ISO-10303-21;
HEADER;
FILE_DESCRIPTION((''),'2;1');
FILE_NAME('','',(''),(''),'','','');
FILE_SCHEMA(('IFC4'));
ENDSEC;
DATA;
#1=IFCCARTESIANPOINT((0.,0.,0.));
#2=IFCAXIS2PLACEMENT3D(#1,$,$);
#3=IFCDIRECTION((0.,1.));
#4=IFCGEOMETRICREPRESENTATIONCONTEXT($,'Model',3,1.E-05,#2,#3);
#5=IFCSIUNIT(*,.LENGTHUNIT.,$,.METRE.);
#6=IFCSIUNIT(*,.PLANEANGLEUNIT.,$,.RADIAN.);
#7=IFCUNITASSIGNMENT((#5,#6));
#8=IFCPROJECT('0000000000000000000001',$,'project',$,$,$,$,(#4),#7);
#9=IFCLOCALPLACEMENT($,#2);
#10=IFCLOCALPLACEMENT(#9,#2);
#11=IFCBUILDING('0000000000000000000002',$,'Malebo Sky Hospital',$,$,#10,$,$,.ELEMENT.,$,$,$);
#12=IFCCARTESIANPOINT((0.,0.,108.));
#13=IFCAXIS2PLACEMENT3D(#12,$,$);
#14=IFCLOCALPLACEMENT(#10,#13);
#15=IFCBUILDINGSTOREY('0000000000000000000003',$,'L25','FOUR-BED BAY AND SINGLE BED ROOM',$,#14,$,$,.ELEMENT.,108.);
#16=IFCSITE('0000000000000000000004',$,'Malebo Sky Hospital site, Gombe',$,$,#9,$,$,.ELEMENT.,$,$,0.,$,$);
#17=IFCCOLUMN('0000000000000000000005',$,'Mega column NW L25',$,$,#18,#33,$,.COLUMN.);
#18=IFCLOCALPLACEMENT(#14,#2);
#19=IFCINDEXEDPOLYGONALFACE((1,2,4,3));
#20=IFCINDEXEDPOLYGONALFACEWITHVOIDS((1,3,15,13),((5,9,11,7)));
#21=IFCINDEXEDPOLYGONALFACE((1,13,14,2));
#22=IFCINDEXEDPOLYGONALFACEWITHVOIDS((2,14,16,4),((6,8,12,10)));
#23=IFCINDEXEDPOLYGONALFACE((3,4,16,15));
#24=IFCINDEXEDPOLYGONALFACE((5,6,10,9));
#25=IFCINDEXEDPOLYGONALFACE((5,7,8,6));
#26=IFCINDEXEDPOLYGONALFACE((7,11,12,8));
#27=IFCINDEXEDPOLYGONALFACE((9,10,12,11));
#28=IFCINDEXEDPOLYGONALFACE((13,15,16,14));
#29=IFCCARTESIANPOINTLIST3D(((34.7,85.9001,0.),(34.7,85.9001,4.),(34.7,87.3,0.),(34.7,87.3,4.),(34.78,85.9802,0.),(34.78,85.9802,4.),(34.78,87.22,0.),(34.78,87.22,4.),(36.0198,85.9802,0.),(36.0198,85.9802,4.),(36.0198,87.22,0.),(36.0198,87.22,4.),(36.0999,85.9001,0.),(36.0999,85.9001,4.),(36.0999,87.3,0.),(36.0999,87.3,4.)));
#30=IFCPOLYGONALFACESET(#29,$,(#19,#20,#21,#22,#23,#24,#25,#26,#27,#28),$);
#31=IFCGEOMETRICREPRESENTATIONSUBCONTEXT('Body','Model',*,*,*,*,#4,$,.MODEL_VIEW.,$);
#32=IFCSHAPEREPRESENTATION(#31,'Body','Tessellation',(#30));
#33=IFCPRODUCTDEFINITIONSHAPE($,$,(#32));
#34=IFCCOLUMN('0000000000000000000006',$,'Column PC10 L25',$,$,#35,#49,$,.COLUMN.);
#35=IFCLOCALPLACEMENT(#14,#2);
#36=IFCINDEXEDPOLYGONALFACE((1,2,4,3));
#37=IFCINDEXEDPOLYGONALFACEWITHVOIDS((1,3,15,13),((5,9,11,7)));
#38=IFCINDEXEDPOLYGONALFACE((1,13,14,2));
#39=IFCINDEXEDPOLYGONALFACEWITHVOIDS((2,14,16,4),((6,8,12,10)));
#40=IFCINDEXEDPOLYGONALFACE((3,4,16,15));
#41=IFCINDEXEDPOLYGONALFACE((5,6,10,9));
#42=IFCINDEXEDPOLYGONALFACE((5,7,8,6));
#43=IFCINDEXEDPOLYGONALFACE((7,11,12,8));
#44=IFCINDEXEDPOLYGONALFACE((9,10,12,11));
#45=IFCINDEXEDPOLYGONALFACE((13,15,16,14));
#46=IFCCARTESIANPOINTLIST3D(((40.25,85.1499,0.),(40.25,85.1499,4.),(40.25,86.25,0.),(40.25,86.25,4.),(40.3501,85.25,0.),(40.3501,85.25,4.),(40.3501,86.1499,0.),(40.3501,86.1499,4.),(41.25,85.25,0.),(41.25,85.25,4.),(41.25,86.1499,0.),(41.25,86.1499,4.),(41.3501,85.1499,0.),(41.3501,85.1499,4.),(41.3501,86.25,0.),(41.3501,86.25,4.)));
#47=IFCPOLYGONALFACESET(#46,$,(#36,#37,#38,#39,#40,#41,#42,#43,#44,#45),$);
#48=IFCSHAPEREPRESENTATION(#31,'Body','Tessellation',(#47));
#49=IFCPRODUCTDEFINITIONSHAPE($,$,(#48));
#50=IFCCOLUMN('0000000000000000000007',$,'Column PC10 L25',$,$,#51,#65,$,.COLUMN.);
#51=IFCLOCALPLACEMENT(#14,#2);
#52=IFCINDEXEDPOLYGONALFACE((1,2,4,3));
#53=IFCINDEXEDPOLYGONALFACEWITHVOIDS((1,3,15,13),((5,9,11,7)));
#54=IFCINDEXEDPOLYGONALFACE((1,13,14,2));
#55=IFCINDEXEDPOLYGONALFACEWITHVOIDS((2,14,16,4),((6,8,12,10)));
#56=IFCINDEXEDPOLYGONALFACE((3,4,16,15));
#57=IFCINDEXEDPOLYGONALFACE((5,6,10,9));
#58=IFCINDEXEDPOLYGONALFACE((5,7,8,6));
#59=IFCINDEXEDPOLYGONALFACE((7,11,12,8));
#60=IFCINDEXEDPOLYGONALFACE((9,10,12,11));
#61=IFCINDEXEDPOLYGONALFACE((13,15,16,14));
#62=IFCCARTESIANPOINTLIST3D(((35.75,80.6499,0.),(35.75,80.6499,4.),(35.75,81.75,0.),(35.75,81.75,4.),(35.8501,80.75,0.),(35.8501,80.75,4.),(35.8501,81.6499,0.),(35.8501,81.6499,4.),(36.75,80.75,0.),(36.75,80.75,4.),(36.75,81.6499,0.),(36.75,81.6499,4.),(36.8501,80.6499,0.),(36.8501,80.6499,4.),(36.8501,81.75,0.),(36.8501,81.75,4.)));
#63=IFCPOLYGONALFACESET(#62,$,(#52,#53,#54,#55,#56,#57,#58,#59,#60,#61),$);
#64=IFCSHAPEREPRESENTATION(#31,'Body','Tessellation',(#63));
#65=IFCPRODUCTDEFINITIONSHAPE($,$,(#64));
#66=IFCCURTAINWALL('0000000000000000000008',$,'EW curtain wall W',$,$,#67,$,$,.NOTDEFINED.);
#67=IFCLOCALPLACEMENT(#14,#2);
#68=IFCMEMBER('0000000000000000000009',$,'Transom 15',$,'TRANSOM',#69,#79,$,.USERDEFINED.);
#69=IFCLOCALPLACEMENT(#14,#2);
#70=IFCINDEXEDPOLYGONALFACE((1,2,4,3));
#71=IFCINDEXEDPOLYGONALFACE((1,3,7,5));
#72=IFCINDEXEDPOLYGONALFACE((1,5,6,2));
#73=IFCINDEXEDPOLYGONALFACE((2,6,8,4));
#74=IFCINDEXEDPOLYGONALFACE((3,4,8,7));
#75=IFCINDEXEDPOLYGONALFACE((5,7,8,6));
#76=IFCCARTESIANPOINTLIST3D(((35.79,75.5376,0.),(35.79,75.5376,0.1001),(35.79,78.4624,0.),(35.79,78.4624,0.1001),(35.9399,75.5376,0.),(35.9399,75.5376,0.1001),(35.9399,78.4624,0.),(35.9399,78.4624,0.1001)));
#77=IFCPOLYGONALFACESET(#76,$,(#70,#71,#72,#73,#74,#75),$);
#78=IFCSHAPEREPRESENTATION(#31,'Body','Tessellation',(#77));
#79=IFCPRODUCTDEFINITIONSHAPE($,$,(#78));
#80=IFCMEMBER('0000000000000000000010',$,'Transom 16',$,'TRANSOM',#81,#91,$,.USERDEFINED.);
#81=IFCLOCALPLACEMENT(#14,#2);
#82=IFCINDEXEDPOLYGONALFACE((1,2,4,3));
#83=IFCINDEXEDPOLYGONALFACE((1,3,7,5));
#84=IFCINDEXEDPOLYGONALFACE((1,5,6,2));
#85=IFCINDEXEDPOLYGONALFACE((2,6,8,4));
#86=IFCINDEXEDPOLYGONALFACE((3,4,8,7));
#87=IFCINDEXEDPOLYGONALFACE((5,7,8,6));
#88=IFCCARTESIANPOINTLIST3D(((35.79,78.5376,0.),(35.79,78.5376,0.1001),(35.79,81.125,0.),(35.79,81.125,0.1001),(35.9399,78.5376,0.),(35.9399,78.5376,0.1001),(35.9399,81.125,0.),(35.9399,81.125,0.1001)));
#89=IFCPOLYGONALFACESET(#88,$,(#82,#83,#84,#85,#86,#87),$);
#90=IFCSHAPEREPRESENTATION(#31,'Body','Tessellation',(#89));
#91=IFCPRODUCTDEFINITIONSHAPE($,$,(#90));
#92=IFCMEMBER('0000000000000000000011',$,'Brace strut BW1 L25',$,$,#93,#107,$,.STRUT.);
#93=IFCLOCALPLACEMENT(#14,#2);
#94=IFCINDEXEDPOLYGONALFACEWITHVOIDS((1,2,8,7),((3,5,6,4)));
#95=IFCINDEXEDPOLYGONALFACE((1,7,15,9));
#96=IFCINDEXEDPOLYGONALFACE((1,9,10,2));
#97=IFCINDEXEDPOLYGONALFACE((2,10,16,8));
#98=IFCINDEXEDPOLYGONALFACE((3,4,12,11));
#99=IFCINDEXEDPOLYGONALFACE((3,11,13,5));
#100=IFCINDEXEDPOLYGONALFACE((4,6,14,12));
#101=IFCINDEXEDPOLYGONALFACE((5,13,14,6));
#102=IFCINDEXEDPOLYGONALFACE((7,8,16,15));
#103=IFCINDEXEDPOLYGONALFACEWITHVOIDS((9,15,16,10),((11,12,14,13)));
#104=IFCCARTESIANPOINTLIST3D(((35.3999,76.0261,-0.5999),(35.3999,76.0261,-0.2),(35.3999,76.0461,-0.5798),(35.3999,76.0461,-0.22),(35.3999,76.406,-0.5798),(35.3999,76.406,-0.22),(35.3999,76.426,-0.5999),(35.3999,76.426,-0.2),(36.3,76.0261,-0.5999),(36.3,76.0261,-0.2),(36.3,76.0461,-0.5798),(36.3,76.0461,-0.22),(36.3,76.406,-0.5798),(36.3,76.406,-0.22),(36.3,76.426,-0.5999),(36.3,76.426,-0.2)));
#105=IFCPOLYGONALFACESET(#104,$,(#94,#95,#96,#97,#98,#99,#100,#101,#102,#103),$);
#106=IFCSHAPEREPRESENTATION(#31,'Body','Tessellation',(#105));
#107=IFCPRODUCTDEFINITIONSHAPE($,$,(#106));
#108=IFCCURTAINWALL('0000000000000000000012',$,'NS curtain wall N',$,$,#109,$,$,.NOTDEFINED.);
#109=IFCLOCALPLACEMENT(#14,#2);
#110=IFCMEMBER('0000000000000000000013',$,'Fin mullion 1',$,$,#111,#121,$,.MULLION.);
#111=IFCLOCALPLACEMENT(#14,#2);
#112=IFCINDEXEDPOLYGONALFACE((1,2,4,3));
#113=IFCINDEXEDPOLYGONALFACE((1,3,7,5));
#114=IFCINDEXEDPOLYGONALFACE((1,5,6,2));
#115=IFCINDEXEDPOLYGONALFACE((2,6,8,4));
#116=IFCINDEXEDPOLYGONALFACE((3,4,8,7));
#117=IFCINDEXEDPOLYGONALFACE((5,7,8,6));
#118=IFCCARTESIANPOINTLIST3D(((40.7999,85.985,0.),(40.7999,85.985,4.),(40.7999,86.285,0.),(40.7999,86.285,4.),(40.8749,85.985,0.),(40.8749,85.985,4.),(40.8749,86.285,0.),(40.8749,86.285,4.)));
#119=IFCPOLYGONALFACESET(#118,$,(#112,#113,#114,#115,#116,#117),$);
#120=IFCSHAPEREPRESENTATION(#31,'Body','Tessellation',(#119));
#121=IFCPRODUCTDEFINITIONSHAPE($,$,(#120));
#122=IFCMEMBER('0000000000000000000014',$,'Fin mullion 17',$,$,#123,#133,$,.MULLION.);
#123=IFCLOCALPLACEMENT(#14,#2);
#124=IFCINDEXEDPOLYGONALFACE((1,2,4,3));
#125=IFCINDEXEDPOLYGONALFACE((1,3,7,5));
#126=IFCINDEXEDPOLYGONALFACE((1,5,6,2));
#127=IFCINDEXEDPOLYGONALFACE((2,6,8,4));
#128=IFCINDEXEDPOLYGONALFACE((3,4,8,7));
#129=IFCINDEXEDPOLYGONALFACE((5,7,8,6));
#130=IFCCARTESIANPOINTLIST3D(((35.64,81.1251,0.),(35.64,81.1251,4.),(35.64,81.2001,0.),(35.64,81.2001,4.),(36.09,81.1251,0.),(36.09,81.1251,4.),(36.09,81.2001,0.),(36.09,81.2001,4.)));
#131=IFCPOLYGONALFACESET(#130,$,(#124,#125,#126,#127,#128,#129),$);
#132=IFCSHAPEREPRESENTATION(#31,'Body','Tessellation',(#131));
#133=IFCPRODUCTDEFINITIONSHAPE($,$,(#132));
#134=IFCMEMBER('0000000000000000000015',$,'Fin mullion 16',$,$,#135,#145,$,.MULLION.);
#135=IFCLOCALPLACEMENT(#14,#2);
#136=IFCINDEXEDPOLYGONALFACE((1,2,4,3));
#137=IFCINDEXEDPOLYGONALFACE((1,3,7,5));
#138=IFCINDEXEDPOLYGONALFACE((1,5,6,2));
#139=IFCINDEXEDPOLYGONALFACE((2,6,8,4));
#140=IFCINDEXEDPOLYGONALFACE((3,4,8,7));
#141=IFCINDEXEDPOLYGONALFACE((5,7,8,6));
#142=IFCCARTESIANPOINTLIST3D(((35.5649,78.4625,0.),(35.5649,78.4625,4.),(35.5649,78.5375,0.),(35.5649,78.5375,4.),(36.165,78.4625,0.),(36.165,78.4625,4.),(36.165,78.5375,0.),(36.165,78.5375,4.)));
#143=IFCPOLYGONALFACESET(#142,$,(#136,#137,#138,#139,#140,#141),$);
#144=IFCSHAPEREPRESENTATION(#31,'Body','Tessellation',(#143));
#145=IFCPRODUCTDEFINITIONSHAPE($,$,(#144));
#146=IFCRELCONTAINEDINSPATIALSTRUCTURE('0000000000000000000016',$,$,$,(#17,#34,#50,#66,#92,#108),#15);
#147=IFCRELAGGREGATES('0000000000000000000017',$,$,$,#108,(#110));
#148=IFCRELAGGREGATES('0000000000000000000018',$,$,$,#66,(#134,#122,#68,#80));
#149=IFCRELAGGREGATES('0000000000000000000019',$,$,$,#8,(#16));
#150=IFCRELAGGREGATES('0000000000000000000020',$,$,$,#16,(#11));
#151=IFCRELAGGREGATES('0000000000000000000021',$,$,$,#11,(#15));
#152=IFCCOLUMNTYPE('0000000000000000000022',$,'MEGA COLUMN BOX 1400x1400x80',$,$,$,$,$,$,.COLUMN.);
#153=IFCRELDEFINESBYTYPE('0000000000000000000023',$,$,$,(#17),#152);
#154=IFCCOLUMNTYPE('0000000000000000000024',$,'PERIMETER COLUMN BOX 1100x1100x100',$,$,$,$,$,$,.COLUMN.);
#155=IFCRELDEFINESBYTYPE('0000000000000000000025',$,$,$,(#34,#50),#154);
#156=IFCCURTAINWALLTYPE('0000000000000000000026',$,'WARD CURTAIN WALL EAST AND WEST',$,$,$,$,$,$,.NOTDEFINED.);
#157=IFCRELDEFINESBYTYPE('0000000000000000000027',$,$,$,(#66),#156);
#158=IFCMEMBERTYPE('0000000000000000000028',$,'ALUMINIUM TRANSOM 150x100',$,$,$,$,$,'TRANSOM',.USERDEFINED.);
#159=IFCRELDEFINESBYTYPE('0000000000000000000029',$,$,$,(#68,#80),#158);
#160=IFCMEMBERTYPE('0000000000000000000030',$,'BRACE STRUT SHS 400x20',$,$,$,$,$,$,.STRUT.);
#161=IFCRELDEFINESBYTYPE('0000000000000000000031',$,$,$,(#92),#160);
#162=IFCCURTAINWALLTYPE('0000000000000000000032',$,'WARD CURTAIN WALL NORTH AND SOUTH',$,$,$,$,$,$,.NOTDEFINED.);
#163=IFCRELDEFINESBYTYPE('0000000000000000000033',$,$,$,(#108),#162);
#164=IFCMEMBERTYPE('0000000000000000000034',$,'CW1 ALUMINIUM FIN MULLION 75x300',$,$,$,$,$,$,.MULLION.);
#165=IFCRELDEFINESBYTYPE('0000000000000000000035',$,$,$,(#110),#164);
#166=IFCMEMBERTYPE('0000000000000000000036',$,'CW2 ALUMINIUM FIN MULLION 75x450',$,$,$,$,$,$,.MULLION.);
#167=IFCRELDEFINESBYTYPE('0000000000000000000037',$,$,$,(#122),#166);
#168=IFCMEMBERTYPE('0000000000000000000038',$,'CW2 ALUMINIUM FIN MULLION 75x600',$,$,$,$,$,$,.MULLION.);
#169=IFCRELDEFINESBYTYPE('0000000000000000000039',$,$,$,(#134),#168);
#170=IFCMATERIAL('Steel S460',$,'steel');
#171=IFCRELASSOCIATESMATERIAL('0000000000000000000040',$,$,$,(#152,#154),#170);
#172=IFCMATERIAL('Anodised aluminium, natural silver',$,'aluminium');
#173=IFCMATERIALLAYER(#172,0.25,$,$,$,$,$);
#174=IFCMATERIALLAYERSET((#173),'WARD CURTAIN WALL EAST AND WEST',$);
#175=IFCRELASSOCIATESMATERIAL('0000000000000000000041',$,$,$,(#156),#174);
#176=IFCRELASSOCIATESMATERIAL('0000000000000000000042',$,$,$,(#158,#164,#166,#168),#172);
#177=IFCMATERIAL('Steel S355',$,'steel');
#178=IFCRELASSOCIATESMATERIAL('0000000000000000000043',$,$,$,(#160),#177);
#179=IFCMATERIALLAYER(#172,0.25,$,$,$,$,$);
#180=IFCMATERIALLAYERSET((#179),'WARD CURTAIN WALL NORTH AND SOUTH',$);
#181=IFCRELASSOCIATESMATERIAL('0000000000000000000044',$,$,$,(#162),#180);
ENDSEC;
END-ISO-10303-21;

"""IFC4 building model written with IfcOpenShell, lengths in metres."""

from ifc_helpers import new_model, si_unit, direction, frame, origin, origin_2d, place, context, subcontext, project, spatial, rectangle, hollow_rectangle, extrude, material, layer, layer_set, material_profile, profile_set, type_object, element, aggregate, save


model = new_model("IFC4")

# Units and contexts
model_context = context("Model", 3, precision=1e-05, world=origin(), true_north=direction((0.0, 1.0)))
body_context = subcontext(model_context, "Body", "Model", "MODEL_VIEW")
ifc_project = project(units=[si_unit("LENGTHUNIT", "METRE"), si_unit("PLANEANGLEUNIT", "RADIAN")], contexts=[model_context])

# Site, building, storey
site_placement = place(None, origin())
site = spatial("IfcSite", under=ifc_project, at=site_placement, Name="Malebo Sky Hospital site, Gombe", CompositionType="ELEMENT", RefElevation=0.0)
building_placement = place(site_placement, origin())
building = spatial("IfcBuilding", under=site, at=building_placement, Name="Malebo Sky Hospital", CompositionType="ELEMENT")
storey_placement = place(building_placement, frame((0.0, 0.0, 108.0)))
storey = spatial("IfcBuildingStorey", under=building, at=storey_placement, Name="L25", Description="FOUR-BED BAY AND SINGLE BED ROOM", CompositionType="ELEMENT", Elevation=108.0)

# Columns
ifc_material_1 = material(Name="Steel S460", Category="steel")
ifc_material_profile_1 = material_profile(ifc_material_1, hollow_rectangle(XDim=1.3999, YDim=1.3999, WallThickness=0.0801, at=origin_2d()), Name="BOX 1400x1400x80")
ifc_profile_set_1 = profile_set([ifc_material_profile_1], Name="Steel S460")
column_type_1 = type_object("IfcColumnType", Name="MEGA COLUMN BOX 1400x1400x80", PredefinedType="COLUMN", material=ifc_profile_set_1)
column_placement = place(storey_placement, frame((35.3999, 86.6001, 0.0), z_axis=(0.0, 0.0, 1.0), x_axis=(1.0, 0.0, 0.0)))
element("IfcColumn", 1, at=column_placement, inside=storey, type_object=column_type_1, Name="Mega column NW L25", PredefinedType="COLUMN", context=body_context, shape_type="SweptSolid", body=[
    extrude(hollow_rectangle(XDim=1.3999, YDim=1.3999, WallThickness=0.0801, at=origin_2d()), origin(), (0.0, 0.0, 1.0), 4.0),
])
ifc_material_profile_2 = material_profile(ifc_material_1, hollow_rectangle(XDim=1.1001, YDim=1.1001, WallThickness=0.1001, at=origin_2d()), Name="BOX 1100x1100x100")
ifc_profile_set_2 = profile_set([ifc_material_profile_2], Name="Steel S460")
column_type_2 = type_object("IfcColumnType", Name="PERIMETER COLUMN BOX 1100x1100x100", PredefinedType="COLUMN", material=ifc_profile_set_2)
for number, where, z_axis, x_axis, name in (
    (2, (40.8, 85.7, 0.0), (0.0, 0.0, 1.0), (1.0, 0.0, 0.0), "Column PC10 L25"),
    (3, (36.3, 81.2, 0.0), (0.0, 0.0, 1.0), (1.0, 0.0, 0.0), "Column PC10 L25"),
):
    element("IfcColumn", number, at=place(storey_placement, frame(where, z_axis=z_axis, x_axis=x_axis)), inside=storey, type_object=column_type_2, Name=name, PredefinedType="COLUMN", context=body_context, shape_type="SweptSolid", body=[
        extrude(hollow_rectangle(XDim=1.1001, YDim=1.1001, WallThickness=0.1001, at=origin_2d()), origin(), (0.0, 0.0, 1.0), 4.0),
    ])

# Curtain wall, members
ifc_material_2 = material(Name="Anodised aluminium, natural silver", Category="aluminium")
ifc_layer_1 = layer(ifc_material_2, 0.25)
ifc_layer_set_1 = layer_set([ifc_layer_1], Name="WARD CURTAIN WALL EAST AND WEST")
curtain_wall_type_1 = type_object("IfcCurtainWallType", Name="WARD CURTAIN WALL EAST AND WEST", PredefinedType="NOTDEFINED", material=ifc_layer_set_1)
curtain_wall_1_placement = place(storey_placement, origin())
curtain_wall_1 = element("IfcCurtainWall", 4, at=curtain_wall_1_placement, inside=storey, type_object=curtain_wall_type_1, Name="EW curtain wall W", PredefinedType="NOTDEFINED")
ifc_material_profile_3 = material_profile(ifc_material_2, rectangle(XDim=0.1499, YDim=0.1001, at=origin_2d()), Name="ALUMINIUM TRANSOM 150x100")
ifc_profile_set_3 = profile_set([ifc_material_profile_3], Name="Anodised aluminium, natural silver")
member_type_1 = type_object("IfcMemberType", Name="ALUMINIUM TRANSOM 150x100", ElementType="TRANSOM", PredefinedType="USERDEFINED", material=ifc_profile_set_3)
member_1_placement = place(storey_placement, frame((35.865, 75.5376, 0.05), z_axis=(0.0, 1.0, 0.0), x_axis=(-1.0, 0.0, 0.0)))
member_1 = element("IfcMember", 5, at=member_1_placement, type_object=member_type_1, Name="Transom 15", ObjectType="TRANSOM", PredefinedType="USERDEFINED", context=body_context, shape_type="SweptSolid", body=[
    extrude(rectangle(XDim=0.1499, YDim=0.1001, at=origin_2d()), origin(), (0.0, 0.0, 1.0), 2.9248),
])
member_2_placement = place(storey_placement, frame((35.865, 78.5376, 0.05), z_axis=(0.0, 1.0, 0.0), x_axis=(-1.0, 0.0, 0.0)))
member_2 = element("IfcMember", 6, at=member_2_placement, type_object=member_type_1, Name="Transom 16", ObjectType="TRANSOM", PredefinedType="USERDEFINED", context=body_context, shape_type="SweptSolid", body=[
    extrude(rectangle(XDim=0.1499, YDim=0.1001, at=origin_2d()), origin(), (0.0, 0.0, 1.0), 2.5874),
])

# Member
ifc_material_3 = material(Name="Steel S355", Category="steel")
ifc_material_profile_4 = material_profile(ifc_material_3, hollow_rectangle(XDim=0.3999, YDim=0.3999, WallThickness=0.02, at=origin_2d()), Name="SHS 400x20")
ifc_profile_set_4 = profile_set([ifc_material_profile_4], Name="Steel S355")
member_type_2 = type_object("IfcMemberType", Name="BRACE STRUT SHS 400x20", PredefinedType="STRUT", material=ifc_profile_set_4)
member_3_placement = place(storey_placement, frame((35.3999, 76.2261, -0.3999), z_axis=(1.0, 0.0, 0.0), x_axis=(0.0, 1.0, 0.0)))
element("IfcMember", 7, at=member_3_placement, inside=storey, type_object=member_type_2, Name="Brace strut BW1 L25", PredefinedType="STRUT", context=body_context, shape_type="SweptSolid", body=[
    extrude(hollow_rectangle(XDim=0.3999, YDim=0.3999, WallThickness=0.02, at=origin_2d()), origin(), (0.0, 0.0, 1.0), 0.9001),
])

# Curtain wall, member
ifc_layer_2 = layer(ifc_material_2, 0.25)
ifc_layer_set_2 = layer_set([ifc_layer_2], Name="WARD CURTAIN WALL NORTH AND SOUTH")
curtain_wall_type_2 = type_object("IfcCurtainWallType", Name="WARD CURTAIN WALL NORTH AND SOUTH", PredefinedType="NOTDEFINED", material=ifc_layer_set_2)
curtain_wall_2_placement = place(storey_placement, origin())
curtain_wall_2 = element("IfcCurtainWall", 8, at=curtain_wall_2_placement, inside=storey, type_object=curtain_wall_type_2, Name="NS curtain wall N", PredefinedType="NOTDEFINED")
ifc_material_profile_5 = material_profile(ifc_material_2, rectangle(XDim=0.075, YDim=0.3, at=origin_2d()), Name="CW1 ALUMINIUM FIN MULLION 75x300")
ifc_profile_set_5 = profile_set([ifc_material_profile_5], Name="Anodised aluminium, natural silver")
member_type_3 = type_object("IfcMemberType", Name="CW1 ALUMINIUM FIN MULLION 75x300", PredefinedType="MULLION", material=ifc_profile_set_5)
member_4_placement = place(storey_placement, frame((40.8374, 86.135, 0.0), z_axis=(0.0, 0.0, 1.0), x_axis=(1.0, 0.0, 0.0)))
member_4 = element("IfcMember", 9, at=member_4_placement, type_object=member_type_3, Name="Fin mullion 1", PredefinedType="MULLION", context=body_context, shape_type="SweptSolid", body=[
    extrude(rectangle(XDim=0.075, YDim=0.3, at=origin_2d()), origin(), (0.0, 0.0, 1.0), 4.0),
])
aggregate(curtain_wall_2, [member_4])

# Members
ifc_material_profile_6 = material_profile(ifc_material_2, rectangle(XDim=0.075, YDim=0.45, at=origin_2d()), Name="CW2 ALUMINIUM FIN MULLION 75x450")
ifc_profile_set_6 = profile_set([ifc_material_profile_6], Name="Anodised aluminium, natural silver")
member_type_4 = type_object("IfcMemberType", Name="CW2 ALUMINIUM FIN MULLION 75x450", PredefinedType="MULLION", material=ifc_profile_set_6)
member_5_placement = place(storey_placement, frame((35.865, 81.1626, 0.0), z_axis=(0.0, 0.0, 1.0), x_axis=(0.0, 1.0, 0.0)))
member_5 = element("IfcMember", 10, at=member_5_placement, type_object=member_type_4, Name="Fin mullion 17", PredefinedType="MULLION", context=body_context, shape_type="SweptSolid", body=[
    extrude(rectangle(XDim=0.075, YDim=0.45, at=origin_2d()), origin(), (0.0, 0.0, 1.0), 4.0),
])
ifc_material_profile_7 = material_profile(ifc_material_2, rectangle(XDim=0.075, YDim=0.6001, at=origin_2d()), Name="CW2 ALUMINIUM FIN MULLION 75x600")
ifc_profile_set_7 = profile_set([ifc_material_profile_7], Name="Anodised aluminium, natural silver")
member_type_5 = type_object("IfcMemberType", Name="CW2 ALUMINIUM FIN MULLION 75x600", PredefinedType="MULLION", material=ifc_profile_set_7)
member_6_placement = place(storey_placement, frame((35.865, 78.5, 0.0), z_axis=(0.0, 0.0, 1.0), x_axis=(0.0, 1.0, 0.0)))
member_6 = element("IfcMember", 11, at=member_6_placement, type_object=member_type_5, Name="Fin mullion 16", PredefinedType="MULLION", context=body_context, shape_type="SweptSolid", body=[
    extrude(rectangle(XDim=0.075, YDim=0.6001, at=origin_2d()), origin(), (0.0, 0.0, 1.0), 4.0),
])

aggregate(curtain_wall_1, [member_6, member_5, member_1, member_2])

save(model, "model.ifc")
